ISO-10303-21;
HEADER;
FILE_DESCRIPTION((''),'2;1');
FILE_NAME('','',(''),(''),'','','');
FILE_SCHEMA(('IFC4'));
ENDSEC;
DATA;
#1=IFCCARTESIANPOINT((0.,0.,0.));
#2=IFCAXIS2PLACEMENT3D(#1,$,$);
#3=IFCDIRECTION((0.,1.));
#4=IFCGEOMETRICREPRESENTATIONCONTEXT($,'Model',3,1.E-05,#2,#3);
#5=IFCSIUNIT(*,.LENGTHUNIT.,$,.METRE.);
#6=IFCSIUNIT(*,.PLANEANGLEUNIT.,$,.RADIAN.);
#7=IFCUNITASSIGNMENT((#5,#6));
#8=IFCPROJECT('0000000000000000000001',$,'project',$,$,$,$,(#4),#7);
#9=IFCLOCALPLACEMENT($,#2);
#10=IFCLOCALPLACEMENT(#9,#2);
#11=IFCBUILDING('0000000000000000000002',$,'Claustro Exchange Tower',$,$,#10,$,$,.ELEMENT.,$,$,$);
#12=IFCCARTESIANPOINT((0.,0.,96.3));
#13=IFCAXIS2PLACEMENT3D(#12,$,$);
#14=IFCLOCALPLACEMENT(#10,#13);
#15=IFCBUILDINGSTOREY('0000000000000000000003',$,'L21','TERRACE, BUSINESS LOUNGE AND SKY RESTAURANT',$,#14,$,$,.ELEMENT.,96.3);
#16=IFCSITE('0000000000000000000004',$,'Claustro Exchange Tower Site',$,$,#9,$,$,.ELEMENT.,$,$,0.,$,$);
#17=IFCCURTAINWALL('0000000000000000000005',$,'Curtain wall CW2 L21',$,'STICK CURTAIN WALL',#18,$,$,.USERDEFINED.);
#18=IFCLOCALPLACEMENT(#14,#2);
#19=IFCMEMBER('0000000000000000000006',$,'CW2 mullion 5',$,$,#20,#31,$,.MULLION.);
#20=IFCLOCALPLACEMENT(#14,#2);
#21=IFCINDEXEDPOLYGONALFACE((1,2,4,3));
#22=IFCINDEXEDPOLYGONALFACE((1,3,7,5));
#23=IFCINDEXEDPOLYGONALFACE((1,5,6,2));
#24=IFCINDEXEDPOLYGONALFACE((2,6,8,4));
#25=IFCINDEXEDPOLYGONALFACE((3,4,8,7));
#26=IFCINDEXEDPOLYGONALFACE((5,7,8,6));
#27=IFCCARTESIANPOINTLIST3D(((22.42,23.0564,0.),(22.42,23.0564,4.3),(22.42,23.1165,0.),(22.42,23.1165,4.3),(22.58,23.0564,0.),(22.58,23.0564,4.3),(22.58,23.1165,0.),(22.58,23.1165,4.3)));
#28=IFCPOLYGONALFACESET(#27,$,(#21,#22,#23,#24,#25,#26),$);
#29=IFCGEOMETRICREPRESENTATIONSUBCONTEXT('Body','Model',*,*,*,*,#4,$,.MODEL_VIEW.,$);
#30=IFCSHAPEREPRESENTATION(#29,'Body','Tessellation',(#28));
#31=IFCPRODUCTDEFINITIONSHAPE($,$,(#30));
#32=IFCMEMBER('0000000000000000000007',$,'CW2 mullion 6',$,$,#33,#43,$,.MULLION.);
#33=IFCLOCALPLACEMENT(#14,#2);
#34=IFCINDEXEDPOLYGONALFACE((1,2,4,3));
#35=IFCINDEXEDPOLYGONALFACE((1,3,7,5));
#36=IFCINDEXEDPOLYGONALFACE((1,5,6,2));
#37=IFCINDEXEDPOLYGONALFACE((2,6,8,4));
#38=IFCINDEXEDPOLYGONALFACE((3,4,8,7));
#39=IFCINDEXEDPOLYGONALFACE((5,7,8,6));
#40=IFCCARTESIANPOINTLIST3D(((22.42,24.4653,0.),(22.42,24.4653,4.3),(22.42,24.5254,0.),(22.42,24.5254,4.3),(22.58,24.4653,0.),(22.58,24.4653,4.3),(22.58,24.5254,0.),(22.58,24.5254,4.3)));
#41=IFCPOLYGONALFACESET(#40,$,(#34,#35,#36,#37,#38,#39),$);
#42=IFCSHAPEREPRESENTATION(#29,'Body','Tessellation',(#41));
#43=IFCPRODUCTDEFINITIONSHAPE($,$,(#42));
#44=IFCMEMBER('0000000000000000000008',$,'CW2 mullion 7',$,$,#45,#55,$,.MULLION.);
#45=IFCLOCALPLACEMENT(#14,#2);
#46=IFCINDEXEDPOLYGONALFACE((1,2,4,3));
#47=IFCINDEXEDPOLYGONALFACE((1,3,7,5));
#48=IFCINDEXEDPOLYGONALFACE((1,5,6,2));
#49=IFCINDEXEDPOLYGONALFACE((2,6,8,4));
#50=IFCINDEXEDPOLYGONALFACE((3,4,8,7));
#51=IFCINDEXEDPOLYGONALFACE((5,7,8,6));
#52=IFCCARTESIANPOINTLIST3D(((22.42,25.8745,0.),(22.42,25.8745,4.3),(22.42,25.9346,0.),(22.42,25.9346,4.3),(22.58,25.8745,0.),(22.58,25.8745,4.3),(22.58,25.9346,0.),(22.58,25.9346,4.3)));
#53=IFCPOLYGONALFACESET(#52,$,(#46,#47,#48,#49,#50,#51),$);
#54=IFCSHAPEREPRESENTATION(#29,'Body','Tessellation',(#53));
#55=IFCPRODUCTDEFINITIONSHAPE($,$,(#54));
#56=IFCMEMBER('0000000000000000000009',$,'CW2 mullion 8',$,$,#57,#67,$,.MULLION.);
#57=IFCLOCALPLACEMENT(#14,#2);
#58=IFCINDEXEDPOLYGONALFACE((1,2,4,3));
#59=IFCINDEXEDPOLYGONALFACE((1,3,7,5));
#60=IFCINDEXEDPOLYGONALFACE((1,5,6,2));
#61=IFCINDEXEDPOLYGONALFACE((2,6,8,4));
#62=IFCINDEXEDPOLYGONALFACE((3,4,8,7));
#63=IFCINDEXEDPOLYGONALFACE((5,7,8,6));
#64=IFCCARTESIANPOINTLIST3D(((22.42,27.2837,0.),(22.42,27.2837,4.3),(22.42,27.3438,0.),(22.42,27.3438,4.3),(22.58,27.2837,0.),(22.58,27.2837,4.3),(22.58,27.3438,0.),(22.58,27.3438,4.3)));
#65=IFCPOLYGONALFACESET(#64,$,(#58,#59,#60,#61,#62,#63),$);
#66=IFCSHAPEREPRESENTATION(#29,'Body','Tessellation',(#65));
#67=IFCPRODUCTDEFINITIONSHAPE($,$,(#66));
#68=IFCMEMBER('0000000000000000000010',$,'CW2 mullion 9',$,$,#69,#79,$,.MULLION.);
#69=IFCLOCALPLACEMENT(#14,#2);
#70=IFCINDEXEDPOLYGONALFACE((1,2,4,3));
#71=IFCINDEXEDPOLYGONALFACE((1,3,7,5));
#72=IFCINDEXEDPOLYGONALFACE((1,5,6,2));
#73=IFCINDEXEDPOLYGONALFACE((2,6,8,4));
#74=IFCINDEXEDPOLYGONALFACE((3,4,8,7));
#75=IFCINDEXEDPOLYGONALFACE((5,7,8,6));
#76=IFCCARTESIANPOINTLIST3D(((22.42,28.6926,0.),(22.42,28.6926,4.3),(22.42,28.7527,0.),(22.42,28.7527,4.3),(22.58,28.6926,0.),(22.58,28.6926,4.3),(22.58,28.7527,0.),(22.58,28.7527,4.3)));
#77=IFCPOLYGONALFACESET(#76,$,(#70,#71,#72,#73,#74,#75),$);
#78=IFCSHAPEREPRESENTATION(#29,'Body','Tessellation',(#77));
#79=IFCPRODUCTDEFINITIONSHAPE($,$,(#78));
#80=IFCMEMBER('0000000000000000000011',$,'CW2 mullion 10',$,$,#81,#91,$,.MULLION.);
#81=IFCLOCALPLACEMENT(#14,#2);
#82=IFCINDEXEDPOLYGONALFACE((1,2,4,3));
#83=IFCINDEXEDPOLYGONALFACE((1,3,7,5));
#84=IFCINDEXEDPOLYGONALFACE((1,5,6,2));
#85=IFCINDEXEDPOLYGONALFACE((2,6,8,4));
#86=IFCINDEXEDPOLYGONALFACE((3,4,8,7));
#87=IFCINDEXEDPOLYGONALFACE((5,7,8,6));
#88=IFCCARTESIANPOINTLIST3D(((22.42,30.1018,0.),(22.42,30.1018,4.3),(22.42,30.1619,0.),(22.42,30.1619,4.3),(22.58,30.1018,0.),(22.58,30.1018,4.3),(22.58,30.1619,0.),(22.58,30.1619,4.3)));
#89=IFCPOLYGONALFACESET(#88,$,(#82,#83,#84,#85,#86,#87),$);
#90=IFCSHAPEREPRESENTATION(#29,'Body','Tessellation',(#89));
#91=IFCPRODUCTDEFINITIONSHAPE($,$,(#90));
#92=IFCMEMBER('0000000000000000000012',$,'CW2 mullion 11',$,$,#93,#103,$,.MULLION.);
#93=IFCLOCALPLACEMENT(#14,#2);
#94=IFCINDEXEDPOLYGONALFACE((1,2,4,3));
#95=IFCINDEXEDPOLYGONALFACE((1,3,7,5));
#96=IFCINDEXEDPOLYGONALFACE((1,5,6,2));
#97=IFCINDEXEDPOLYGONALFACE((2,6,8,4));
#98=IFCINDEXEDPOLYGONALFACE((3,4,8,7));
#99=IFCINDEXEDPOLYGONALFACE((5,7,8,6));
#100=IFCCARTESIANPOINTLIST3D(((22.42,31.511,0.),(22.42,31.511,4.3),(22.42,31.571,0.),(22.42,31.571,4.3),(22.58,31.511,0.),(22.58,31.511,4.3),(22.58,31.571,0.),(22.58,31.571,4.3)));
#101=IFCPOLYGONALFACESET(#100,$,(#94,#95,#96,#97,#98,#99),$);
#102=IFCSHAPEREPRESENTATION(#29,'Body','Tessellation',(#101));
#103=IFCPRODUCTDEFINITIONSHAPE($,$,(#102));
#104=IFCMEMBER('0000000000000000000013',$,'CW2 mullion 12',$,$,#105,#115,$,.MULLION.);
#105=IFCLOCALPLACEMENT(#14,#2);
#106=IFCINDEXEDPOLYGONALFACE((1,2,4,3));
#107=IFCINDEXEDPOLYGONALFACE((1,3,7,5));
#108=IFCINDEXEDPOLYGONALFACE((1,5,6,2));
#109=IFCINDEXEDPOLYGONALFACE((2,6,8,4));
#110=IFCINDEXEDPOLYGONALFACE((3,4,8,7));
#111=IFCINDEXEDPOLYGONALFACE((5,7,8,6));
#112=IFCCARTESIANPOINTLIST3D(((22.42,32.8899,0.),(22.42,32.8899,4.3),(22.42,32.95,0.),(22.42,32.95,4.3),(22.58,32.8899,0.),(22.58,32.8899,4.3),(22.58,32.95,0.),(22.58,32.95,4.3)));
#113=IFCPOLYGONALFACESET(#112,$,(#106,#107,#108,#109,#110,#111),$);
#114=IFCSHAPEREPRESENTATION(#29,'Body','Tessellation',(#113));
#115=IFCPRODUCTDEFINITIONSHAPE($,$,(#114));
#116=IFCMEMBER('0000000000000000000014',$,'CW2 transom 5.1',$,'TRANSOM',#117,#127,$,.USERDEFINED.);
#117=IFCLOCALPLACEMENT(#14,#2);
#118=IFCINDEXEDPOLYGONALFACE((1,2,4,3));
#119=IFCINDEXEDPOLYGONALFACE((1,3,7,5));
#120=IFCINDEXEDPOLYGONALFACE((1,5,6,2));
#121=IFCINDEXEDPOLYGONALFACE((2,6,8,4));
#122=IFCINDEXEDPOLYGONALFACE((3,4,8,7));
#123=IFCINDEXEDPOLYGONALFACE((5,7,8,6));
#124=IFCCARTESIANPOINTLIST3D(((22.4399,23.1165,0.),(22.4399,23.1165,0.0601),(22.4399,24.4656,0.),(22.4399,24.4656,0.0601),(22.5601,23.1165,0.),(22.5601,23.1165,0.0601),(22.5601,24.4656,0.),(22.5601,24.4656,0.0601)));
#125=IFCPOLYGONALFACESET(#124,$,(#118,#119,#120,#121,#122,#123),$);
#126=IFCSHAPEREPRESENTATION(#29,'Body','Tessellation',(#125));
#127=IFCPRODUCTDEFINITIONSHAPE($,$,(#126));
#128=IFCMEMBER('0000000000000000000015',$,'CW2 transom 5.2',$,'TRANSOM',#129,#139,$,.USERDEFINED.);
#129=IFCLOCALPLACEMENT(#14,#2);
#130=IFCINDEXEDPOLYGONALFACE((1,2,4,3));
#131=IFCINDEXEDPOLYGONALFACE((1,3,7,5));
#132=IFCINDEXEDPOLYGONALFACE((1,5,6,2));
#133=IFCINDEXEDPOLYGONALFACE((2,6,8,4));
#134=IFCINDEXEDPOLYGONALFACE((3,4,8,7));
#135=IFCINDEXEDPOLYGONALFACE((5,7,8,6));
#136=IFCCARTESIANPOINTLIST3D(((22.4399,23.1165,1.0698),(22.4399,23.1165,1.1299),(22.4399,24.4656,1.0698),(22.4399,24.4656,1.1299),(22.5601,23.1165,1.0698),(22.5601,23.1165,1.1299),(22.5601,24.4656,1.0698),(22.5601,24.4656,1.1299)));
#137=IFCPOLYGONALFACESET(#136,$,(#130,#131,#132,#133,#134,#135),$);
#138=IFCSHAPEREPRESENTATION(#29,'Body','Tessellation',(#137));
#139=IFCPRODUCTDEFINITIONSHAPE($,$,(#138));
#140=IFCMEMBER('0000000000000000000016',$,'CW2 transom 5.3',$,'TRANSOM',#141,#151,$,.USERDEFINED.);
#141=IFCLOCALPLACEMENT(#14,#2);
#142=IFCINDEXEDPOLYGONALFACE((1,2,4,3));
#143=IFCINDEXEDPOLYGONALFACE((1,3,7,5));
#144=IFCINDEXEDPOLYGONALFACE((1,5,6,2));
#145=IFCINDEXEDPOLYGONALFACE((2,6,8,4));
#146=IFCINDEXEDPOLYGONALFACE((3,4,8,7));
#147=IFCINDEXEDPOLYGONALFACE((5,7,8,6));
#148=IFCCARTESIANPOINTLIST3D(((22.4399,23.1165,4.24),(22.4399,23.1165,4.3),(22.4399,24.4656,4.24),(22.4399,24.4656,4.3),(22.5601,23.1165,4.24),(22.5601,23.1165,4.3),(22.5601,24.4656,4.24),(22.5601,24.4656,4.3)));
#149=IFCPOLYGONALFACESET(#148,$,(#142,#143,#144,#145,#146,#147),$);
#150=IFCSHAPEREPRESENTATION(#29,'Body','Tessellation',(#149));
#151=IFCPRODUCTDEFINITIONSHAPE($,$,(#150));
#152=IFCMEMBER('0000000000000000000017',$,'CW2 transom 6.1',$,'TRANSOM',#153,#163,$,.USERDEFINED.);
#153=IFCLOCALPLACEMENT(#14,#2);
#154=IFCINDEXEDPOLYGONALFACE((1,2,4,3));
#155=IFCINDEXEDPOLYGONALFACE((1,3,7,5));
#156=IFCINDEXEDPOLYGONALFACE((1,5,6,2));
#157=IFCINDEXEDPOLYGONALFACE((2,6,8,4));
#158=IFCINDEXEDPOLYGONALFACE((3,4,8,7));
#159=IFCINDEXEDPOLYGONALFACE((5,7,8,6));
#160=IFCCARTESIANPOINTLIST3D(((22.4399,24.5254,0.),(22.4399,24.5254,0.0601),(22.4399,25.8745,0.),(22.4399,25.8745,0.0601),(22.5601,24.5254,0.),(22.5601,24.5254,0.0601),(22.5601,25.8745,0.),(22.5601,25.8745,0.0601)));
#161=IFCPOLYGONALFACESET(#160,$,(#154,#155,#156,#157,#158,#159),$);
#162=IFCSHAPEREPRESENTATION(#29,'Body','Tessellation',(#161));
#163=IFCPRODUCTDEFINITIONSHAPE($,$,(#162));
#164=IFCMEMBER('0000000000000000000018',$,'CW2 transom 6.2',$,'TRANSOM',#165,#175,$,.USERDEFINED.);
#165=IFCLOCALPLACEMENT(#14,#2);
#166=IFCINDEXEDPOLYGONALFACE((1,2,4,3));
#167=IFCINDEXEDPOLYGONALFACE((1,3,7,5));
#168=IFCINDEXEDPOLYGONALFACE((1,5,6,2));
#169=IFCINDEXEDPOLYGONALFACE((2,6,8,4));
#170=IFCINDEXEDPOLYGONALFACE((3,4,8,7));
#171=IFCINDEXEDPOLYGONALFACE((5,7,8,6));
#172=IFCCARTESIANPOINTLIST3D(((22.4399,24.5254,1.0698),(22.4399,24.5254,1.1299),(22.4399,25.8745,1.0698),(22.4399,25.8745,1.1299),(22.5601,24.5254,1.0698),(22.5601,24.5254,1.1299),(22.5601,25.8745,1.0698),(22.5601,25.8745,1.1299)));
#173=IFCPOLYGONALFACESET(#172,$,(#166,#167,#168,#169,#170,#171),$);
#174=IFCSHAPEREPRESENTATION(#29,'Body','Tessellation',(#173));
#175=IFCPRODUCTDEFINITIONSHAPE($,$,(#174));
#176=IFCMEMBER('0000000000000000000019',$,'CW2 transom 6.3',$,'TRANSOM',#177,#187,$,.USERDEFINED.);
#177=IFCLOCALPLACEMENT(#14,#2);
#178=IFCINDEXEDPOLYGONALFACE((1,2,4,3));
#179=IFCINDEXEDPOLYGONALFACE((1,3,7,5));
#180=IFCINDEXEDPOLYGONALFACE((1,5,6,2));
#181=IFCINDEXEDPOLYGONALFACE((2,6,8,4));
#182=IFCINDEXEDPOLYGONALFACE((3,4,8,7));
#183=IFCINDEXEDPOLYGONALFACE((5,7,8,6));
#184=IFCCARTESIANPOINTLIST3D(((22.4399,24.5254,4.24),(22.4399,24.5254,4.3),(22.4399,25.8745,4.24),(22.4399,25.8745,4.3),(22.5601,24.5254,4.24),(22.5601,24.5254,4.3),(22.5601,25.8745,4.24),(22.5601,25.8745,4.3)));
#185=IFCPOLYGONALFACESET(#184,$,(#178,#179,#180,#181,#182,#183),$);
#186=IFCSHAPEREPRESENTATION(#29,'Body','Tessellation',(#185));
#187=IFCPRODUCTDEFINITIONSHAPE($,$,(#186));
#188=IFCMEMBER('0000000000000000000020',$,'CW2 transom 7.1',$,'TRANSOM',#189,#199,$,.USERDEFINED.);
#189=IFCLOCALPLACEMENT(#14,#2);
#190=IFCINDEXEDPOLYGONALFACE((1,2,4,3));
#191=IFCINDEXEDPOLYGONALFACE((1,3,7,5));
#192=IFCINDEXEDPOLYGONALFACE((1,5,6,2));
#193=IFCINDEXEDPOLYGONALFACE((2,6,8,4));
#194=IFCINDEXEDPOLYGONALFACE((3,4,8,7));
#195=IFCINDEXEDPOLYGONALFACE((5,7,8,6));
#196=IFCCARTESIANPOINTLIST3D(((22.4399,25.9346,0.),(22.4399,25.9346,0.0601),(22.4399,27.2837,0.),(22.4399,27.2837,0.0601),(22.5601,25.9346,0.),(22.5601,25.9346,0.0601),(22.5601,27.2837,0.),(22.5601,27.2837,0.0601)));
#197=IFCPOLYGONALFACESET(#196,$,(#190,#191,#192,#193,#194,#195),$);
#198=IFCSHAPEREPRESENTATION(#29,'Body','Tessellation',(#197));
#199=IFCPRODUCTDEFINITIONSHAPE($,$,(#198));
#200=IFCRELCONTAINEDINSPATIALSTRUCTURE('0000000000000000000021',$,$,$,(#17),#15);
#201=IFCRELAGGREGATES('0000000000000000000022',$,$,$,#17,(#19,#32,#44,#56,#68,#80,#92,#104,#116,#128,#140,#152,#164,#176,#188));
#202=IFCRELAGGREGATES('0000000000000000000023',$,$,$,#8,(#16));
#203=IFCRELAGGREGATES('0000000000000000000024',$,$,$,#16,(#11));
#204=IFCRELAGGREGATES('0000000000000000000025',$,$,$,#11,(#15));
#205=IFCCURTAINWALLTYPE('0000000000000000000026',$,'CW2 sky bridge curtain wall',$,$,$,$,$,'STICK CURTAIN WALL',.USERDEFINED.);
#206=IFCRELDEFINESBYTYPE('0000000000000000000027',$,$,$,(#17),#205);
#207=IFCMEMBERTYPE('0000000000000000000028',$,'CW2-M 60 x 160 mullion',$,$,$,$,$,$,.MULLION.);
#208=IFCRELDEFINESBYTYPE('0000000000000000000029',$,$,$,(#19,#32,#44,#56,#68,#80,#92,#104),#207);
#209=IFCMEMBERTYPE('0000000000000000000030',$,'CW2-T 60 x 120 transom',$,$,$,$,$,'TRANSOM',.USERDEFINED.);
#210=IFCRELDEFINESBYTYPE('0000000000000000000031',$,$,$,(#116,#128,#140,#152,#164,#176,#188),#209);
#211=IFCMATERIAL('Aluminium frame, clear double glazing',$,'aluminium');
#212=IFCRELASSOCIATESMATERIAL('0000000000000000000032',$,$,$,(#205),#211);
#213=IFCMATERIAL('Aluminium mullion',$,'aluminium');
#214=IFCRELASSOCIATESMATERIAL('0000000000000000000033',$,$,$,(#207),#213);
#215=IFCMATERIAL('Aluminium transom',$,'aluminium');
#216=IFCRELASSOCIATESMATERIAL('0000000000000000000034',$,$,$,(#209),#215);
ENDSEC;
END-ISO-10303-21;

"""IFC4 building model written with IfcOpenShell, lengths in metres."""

from ifc_helpers import new_model, si_unit, direction, frame, origin, origin_2d, place, context, subcontext, project, spatial, rectangle, extrude, material, material_profile, profile_set, type_object, element, aggregate, save


model = new_model("IFC4")

# Units and contexts
model_context = context("Model", 3, precision=1e-05, world=origin(), true_north=direction((0.0, 1.0)))
body_context = subcontext(model_context, "Body", "Model", "MODEL_VIEW")
ifc_project = project(units=[si_unit("LENGTHUNIT", "METRE"), si_unit("PLANEANGLEUNIT", "RADIAN")], contexts=[model_context])

# Site, building, storey
site_placement = place(None, origin())
site = spatial("IfcSite", under=ifc_project, at=site_placement, Name="Claustro Exchange Tower Site", CompositionType="ELEMENT", RefElevation=0.0)
building_placement = place(site_placement, origin())
building = spatial("IfcBuilding", under=site, at=building_placement, Name="Claustro Exchange Tower", CompositionType="ELEMENT")
storey_placement = place(building_placement, frame((0.0, 0.0, 96.3)))
storey = spatial("IfcBuildingStorey", under=building, at=storey_placement, Name="L21", Description="TERRACE, BUSINESS LOUNGE AND SKY RESTAURANT", CompositionType="ELEMENT", Elevation=96.3)

# Curtain wall, members
ifc_material_1 = material(Name="Aluminium frame, clear double glazing", Category="aluminium")
curtain_wall_type = type_object("IfcCurtainWallType", Name="CW2 sky bridge curtain wall", ElementType="STICK CURTAIN WALL", PredefinedType="USERDEFINED", material=ifc_material_1)
curtain_wall_placement = place(storey_placement, origin())
curtain_wall = element("IfcCurtainWall", 1, at=curtain_wall_placement, inside=storey, type_object=curtain_wall_type, Name="Curtain wall CW2 L21", ObjectType="STICK CURTAIN WALL", PredefinedType="USERDEFINED")
ifc_material_2 = material(Name="Aluminium mullion", Category="aluminium")
ifc_material_profile_1 = material_profile(ifc_material_2, rectangle(XDim=0.1599, YDim=0.0601, at=origin_2d()), Name="CW2-M 60x160")
ifc_profile_set_1 = profile_set([ifc_material_profile_1], Name="Aluminium mullion")
member_type_1 = type_object("IfcMemberType", Name="CW2-M 60 x 160 mullion", PredefinedType="MULLION", material=ifc_profile_set_1)
member_1_placement = place(storey_placement, frame((22.5, 23.0864, 0.0), z_axis=(0.0, 0.0, 1.0), x_axis=(-1.0, 0.0, 0.0)))
member_1 = element("IfcMember", 2, at=member_1_placement, type_object=member_type_1, Name="CW2 mullion 5", PredefinedType="MULLION", context=body_context, shape_type="SweptSolid", body=[
    extrude(rectangle(XDim=0.1599, YDim=0.0601, at=origin_2d()), origin(), (0.0, 0.0, 1.0), 4.3),
])
member_2_placement = place(storey_placement, frame((22.5, 24.4954, 0.0), z_axis=(0.0, 0.0, 1.0), x_axis=(-1.0, 0.0, 0.0)))
member_2 = element("IfcMember", 3, at=member_2_placement, type_object=member_type_1, Name="CW2 mullion 6", PredefinedType="MULLION", context=body_context, shape_type="SweptSolid", body=[
    extrude(rectangle(XDim=0.1599, YDim=0.0601, at=origin_2d()), origin(), (0.0, 0.0, 1.0), 4.3),
])
member_3_placement = place(storey_placement, frame((22.5, 25.9045, 0.0), z_axis=(0.0, 0.0, 1.0), x_axis=(-1.0, 0.0, 0.0)))
member_3 = element("IfcMember", 4, at=member_3_placement, type_object=member_type_1, Name="CW2 mullion 7", PredefinedType="MULLION", context=body_context, shape_type="SweptSolid", body=[
    extrude(rectangle(XDim=0.1599, YDim=0.0601, at=origin_2d()), origin(), (0.0, 0.0, 1.0), 4.3),
])
member_4_placement = place(storey_placement, frame((22.5, 27.3137, 0.0), z_axis=(0.0, 0.0, 1.0), x_axis=(-1.0, 0.0, 0.0)))
member_4 = element("IfcMember", 5, at=member_4_placement, type_object=member_type_1, Name="CW2 mullion 8", PredefinedType="MULLION", context=body_context, shape_type="SweptSolid", body=[
    extrude(rectangle(XDim=0.1599, YDim=0.0601, at=origin_2d()), origin(), (0.0, 0.0, 1.0), 4.3),
])
member_5_placement = place(storey_placement, frame((22.5, 28.7227, 0.0), z_axis=(0.0, 0.0, 1.0), x_axis=(-1.0, 0.0, 0.0)))
member_5 = element("IfcMember", 6, at=member_5_placement, type_object=member_type_1, Name="CW2 mullion 9", PredefinedType="MULLION", context=body_context, shape_type="SweptSolid", body=[
    extrude(rectangle(XDim=0.1599, YDim=0.0601, at=origin_2d()), origin(), (0.0, 0.0, 1.0), 4.3),
])
member_6_placement = place(storey_placement, frame((22.5, 30.1318, 0.0), z_axis=(0.0, 0.0, 1.0), x_axis=(-1.0, 0.0, 0.0)))
member_6 = element("IfcMember", 7, at=member_6_placement, type_object=member_type_1, Name="CW2 mullion 10", PredefinedType="MULLION", context=body_context, shape_type="SweptSolid", body=[
    extrude(rectangle(XDim=0.1599, YDim=0.0601, at=origin_2d()), origin(), (0.0, 0.0, 1.0), 4.3),
])
member_7_placement = place(storey_placement, frame((22.5, 31.541, 0.0), z_axis=(0.0, 0.0, 1.0), x_axis=(-1.0, 0.0, 0.0)))
member_7 = element("IfcMember", 8, at=member_7_placement, type_object=member_type_1, Name="CW2 mullion 11", PredefinedType="MULLION", context=body_context, shape_type="SweptSolid", body=[
    extrude(rectangle(XDim=0.1599, YDim=0.0601, at=origin_2d()), origin(), (0.0, 0.0, 1.0), 4.3),
])
member_8_placement = place(storey_placement, frame((22.5, 32.9199, 0.0), z_axis=(0.0, 0.0, 1.0), x_axis=(-1.0, 0.0, 0.0)))
member_8 = element("IfcMember", 9, at=member_8_placement, type_object=member_type_1, Name="CW2 mullion 12", PredefinedType="MULLION", context=body_context, shape_type="SweptSolid", body=[
    extrude(rectangle(XDim=0.1599, YDim=0.0601, at=origin_2d()), origin(), (0.0, 0.0, 1.0), 4.3),
])
ifc_material_3 = material(Name="Aluminium transom", Category="aluminium")
ifc_material_profile_2 = material_profile(ifc_material_3, rectangle(XDim=0.1201, YDim=0.0601, at=origin_2d()), Name="CW2-T 60x120")
ifc_profile_set_2 = profile_set([ifc_material_profile_2], Name="Aluminium transom")
member_type_2 = type_object("IfcMemberType", Name="CW2-T 60 x 120 transom", ElementType="TRANSOM", PredefinedType="USERDEFINED", material=ifc_profile_set_2)
member_9_placement = place(storey_placement, frame((22.5, 23.1165, 0.03), z_axis=(0.0, 1.0, 0.0), x_axis=(-1.0, 0.0, 0.0)))
member_9 = element("IfcMember", 10, at=member_9_placement, type_object=member_type_2, Name="CW2 transom 5.1", ObjectType="TRANSOM", PredefinedType="USERDEFINED", context=body_context, shape_type="SweptSolid", body=[
    extrude(rectangle(XDim=0.1201, YDim=0.0601, at=origin_2d()), origin(), (0.0, 0.0, 1.0), 1.3491),
])
member_10_placement = place(storey_placement, frame((22.5, 23.1165, 1.0999), z_axis=(0.0, 1.0, 0.0), x_axis=(-1.0, 0.0, 0.0)))
member_10 = element("IfcMember", 11, at=member_10_placement, type_object=member_type_2, Name="CW2 transom 5.2", ObjectType="TRANSOM", PredefinedType="USERDEFINED", context=body_context, shape_type="SweptSolid", body=[
    extrude(rectangle(XDim=0.1201, YDim=0.0601, at=origin_2d()), origin(), (0.0, 0.0, 1.0), 1.3491),
])
member_11_placement = place(storey_placement, frame((22.5, 23.1165, 4.27), z_axis=(0.0, 1.0, 0.0), x_axis=(-1.0, 0.0, 0.0)))
member_11 = element("IfcMember", 12, at=member_11_placement, type_object=member_type_2, Name="CW2 transom 5.3", ObjectType="TRANSOM", PredefinedType="USERDEFINED", context=body_context, shape_type="SweptSolid", body=[
    extrude(rectangle(XDim=0.1201, YDim=0.0601, at=origin_2d()), origin(), (0.0, 0.0, 1.0), 1.3491),
])
member_12_placement = place(storey_placement, frame((22.5, 24.5254, 0.03), z_axis=(0.0, 1.0, 0.0), x_axis=(-1.0, 0.0, 0.0)))
member_12 = element("IfcMember", 13, at=member_12_placement, type_object=member_type_2, Name="CW2 transom 6.1", ObjectType="TRANSOM", PredefinedType="USERDEFINED", context=body_context, shape_type="SweptSolid", body=[
    extrude(rectangle(XDim=0.1201, YDim=0.0601, at=origin_2d()), origin(), (0.0, 0.0, 1.0), 1.3491),
])
member_13_placement = place(storey_placement, frame((22.5, 24.5254, 1.0999), z_axis=(0.0, 1.0, 0.0), x_axis=(-1.0, 0.0, 0.0)))
member_13 = element("IfcMember", 14, at=member_13_placement, type_object=member_type_2, Name="CW2 transom 6.2", ObjectType="TRANSOM", PredefinedType="USERDEFINED", context=body_context, shape_type="SweptSolid", body=[
    extrude(rectangle(XDim=0.1201, YDim=0.0601, at=origin_2d()), origin(), (0.0, 0.0, 1.0), 1.3491),
])
member_14_placement = place(storey_placement, frame((22.5, 24.5254, 4.27), z_axis=(0.0, 1.0, 0.0), x_axis=(-1.0, 0.0, 0.0)))
member_14 = element("IfcMember", 15, at=member_14_placement, type_object=member_type_2, Name="CW2 transom 6.3", ObjectType="TRANSOM", PredefinedType="USERDEFINED", context=body_context, shape_type="SweptSolid", body=[
    extrude(rectangle(XDim=0.1201, YDim=0.0601, at=origin_2d()), origin(), (0.0, 0.0, 1.0), 1.3491),
])
member_15_placement = place(storey_placement, frame((22.5, 25.9346, 0.03), z_axis=(0.0, 1.0, 0.0), x_axis=(-1.0, 0.0, 0.0)))
member_15 = element("IfcMember", 16, at=member_15_placement, type_object=member_type_2, Name="CW2 transom 7.1", ObjectType="TRANSOM", PredefinedType="USERDEFINED", context=body_context, shape_type="SweptSolid", body=[
    extrude(rectangle(XDim=0.1201, YDim=0.0601, at=origin_2d()), origin(), (0.0, 0.0, 1.0), 1.3491),
])
aggregate(curtain_wall, [member_1, member_2, member_3, member_4, member_5, member_6, member_7, member_8, member_9, member_10, member_11, member_12, member_13, member_14, member_15])

save(model, "model.ifc")
